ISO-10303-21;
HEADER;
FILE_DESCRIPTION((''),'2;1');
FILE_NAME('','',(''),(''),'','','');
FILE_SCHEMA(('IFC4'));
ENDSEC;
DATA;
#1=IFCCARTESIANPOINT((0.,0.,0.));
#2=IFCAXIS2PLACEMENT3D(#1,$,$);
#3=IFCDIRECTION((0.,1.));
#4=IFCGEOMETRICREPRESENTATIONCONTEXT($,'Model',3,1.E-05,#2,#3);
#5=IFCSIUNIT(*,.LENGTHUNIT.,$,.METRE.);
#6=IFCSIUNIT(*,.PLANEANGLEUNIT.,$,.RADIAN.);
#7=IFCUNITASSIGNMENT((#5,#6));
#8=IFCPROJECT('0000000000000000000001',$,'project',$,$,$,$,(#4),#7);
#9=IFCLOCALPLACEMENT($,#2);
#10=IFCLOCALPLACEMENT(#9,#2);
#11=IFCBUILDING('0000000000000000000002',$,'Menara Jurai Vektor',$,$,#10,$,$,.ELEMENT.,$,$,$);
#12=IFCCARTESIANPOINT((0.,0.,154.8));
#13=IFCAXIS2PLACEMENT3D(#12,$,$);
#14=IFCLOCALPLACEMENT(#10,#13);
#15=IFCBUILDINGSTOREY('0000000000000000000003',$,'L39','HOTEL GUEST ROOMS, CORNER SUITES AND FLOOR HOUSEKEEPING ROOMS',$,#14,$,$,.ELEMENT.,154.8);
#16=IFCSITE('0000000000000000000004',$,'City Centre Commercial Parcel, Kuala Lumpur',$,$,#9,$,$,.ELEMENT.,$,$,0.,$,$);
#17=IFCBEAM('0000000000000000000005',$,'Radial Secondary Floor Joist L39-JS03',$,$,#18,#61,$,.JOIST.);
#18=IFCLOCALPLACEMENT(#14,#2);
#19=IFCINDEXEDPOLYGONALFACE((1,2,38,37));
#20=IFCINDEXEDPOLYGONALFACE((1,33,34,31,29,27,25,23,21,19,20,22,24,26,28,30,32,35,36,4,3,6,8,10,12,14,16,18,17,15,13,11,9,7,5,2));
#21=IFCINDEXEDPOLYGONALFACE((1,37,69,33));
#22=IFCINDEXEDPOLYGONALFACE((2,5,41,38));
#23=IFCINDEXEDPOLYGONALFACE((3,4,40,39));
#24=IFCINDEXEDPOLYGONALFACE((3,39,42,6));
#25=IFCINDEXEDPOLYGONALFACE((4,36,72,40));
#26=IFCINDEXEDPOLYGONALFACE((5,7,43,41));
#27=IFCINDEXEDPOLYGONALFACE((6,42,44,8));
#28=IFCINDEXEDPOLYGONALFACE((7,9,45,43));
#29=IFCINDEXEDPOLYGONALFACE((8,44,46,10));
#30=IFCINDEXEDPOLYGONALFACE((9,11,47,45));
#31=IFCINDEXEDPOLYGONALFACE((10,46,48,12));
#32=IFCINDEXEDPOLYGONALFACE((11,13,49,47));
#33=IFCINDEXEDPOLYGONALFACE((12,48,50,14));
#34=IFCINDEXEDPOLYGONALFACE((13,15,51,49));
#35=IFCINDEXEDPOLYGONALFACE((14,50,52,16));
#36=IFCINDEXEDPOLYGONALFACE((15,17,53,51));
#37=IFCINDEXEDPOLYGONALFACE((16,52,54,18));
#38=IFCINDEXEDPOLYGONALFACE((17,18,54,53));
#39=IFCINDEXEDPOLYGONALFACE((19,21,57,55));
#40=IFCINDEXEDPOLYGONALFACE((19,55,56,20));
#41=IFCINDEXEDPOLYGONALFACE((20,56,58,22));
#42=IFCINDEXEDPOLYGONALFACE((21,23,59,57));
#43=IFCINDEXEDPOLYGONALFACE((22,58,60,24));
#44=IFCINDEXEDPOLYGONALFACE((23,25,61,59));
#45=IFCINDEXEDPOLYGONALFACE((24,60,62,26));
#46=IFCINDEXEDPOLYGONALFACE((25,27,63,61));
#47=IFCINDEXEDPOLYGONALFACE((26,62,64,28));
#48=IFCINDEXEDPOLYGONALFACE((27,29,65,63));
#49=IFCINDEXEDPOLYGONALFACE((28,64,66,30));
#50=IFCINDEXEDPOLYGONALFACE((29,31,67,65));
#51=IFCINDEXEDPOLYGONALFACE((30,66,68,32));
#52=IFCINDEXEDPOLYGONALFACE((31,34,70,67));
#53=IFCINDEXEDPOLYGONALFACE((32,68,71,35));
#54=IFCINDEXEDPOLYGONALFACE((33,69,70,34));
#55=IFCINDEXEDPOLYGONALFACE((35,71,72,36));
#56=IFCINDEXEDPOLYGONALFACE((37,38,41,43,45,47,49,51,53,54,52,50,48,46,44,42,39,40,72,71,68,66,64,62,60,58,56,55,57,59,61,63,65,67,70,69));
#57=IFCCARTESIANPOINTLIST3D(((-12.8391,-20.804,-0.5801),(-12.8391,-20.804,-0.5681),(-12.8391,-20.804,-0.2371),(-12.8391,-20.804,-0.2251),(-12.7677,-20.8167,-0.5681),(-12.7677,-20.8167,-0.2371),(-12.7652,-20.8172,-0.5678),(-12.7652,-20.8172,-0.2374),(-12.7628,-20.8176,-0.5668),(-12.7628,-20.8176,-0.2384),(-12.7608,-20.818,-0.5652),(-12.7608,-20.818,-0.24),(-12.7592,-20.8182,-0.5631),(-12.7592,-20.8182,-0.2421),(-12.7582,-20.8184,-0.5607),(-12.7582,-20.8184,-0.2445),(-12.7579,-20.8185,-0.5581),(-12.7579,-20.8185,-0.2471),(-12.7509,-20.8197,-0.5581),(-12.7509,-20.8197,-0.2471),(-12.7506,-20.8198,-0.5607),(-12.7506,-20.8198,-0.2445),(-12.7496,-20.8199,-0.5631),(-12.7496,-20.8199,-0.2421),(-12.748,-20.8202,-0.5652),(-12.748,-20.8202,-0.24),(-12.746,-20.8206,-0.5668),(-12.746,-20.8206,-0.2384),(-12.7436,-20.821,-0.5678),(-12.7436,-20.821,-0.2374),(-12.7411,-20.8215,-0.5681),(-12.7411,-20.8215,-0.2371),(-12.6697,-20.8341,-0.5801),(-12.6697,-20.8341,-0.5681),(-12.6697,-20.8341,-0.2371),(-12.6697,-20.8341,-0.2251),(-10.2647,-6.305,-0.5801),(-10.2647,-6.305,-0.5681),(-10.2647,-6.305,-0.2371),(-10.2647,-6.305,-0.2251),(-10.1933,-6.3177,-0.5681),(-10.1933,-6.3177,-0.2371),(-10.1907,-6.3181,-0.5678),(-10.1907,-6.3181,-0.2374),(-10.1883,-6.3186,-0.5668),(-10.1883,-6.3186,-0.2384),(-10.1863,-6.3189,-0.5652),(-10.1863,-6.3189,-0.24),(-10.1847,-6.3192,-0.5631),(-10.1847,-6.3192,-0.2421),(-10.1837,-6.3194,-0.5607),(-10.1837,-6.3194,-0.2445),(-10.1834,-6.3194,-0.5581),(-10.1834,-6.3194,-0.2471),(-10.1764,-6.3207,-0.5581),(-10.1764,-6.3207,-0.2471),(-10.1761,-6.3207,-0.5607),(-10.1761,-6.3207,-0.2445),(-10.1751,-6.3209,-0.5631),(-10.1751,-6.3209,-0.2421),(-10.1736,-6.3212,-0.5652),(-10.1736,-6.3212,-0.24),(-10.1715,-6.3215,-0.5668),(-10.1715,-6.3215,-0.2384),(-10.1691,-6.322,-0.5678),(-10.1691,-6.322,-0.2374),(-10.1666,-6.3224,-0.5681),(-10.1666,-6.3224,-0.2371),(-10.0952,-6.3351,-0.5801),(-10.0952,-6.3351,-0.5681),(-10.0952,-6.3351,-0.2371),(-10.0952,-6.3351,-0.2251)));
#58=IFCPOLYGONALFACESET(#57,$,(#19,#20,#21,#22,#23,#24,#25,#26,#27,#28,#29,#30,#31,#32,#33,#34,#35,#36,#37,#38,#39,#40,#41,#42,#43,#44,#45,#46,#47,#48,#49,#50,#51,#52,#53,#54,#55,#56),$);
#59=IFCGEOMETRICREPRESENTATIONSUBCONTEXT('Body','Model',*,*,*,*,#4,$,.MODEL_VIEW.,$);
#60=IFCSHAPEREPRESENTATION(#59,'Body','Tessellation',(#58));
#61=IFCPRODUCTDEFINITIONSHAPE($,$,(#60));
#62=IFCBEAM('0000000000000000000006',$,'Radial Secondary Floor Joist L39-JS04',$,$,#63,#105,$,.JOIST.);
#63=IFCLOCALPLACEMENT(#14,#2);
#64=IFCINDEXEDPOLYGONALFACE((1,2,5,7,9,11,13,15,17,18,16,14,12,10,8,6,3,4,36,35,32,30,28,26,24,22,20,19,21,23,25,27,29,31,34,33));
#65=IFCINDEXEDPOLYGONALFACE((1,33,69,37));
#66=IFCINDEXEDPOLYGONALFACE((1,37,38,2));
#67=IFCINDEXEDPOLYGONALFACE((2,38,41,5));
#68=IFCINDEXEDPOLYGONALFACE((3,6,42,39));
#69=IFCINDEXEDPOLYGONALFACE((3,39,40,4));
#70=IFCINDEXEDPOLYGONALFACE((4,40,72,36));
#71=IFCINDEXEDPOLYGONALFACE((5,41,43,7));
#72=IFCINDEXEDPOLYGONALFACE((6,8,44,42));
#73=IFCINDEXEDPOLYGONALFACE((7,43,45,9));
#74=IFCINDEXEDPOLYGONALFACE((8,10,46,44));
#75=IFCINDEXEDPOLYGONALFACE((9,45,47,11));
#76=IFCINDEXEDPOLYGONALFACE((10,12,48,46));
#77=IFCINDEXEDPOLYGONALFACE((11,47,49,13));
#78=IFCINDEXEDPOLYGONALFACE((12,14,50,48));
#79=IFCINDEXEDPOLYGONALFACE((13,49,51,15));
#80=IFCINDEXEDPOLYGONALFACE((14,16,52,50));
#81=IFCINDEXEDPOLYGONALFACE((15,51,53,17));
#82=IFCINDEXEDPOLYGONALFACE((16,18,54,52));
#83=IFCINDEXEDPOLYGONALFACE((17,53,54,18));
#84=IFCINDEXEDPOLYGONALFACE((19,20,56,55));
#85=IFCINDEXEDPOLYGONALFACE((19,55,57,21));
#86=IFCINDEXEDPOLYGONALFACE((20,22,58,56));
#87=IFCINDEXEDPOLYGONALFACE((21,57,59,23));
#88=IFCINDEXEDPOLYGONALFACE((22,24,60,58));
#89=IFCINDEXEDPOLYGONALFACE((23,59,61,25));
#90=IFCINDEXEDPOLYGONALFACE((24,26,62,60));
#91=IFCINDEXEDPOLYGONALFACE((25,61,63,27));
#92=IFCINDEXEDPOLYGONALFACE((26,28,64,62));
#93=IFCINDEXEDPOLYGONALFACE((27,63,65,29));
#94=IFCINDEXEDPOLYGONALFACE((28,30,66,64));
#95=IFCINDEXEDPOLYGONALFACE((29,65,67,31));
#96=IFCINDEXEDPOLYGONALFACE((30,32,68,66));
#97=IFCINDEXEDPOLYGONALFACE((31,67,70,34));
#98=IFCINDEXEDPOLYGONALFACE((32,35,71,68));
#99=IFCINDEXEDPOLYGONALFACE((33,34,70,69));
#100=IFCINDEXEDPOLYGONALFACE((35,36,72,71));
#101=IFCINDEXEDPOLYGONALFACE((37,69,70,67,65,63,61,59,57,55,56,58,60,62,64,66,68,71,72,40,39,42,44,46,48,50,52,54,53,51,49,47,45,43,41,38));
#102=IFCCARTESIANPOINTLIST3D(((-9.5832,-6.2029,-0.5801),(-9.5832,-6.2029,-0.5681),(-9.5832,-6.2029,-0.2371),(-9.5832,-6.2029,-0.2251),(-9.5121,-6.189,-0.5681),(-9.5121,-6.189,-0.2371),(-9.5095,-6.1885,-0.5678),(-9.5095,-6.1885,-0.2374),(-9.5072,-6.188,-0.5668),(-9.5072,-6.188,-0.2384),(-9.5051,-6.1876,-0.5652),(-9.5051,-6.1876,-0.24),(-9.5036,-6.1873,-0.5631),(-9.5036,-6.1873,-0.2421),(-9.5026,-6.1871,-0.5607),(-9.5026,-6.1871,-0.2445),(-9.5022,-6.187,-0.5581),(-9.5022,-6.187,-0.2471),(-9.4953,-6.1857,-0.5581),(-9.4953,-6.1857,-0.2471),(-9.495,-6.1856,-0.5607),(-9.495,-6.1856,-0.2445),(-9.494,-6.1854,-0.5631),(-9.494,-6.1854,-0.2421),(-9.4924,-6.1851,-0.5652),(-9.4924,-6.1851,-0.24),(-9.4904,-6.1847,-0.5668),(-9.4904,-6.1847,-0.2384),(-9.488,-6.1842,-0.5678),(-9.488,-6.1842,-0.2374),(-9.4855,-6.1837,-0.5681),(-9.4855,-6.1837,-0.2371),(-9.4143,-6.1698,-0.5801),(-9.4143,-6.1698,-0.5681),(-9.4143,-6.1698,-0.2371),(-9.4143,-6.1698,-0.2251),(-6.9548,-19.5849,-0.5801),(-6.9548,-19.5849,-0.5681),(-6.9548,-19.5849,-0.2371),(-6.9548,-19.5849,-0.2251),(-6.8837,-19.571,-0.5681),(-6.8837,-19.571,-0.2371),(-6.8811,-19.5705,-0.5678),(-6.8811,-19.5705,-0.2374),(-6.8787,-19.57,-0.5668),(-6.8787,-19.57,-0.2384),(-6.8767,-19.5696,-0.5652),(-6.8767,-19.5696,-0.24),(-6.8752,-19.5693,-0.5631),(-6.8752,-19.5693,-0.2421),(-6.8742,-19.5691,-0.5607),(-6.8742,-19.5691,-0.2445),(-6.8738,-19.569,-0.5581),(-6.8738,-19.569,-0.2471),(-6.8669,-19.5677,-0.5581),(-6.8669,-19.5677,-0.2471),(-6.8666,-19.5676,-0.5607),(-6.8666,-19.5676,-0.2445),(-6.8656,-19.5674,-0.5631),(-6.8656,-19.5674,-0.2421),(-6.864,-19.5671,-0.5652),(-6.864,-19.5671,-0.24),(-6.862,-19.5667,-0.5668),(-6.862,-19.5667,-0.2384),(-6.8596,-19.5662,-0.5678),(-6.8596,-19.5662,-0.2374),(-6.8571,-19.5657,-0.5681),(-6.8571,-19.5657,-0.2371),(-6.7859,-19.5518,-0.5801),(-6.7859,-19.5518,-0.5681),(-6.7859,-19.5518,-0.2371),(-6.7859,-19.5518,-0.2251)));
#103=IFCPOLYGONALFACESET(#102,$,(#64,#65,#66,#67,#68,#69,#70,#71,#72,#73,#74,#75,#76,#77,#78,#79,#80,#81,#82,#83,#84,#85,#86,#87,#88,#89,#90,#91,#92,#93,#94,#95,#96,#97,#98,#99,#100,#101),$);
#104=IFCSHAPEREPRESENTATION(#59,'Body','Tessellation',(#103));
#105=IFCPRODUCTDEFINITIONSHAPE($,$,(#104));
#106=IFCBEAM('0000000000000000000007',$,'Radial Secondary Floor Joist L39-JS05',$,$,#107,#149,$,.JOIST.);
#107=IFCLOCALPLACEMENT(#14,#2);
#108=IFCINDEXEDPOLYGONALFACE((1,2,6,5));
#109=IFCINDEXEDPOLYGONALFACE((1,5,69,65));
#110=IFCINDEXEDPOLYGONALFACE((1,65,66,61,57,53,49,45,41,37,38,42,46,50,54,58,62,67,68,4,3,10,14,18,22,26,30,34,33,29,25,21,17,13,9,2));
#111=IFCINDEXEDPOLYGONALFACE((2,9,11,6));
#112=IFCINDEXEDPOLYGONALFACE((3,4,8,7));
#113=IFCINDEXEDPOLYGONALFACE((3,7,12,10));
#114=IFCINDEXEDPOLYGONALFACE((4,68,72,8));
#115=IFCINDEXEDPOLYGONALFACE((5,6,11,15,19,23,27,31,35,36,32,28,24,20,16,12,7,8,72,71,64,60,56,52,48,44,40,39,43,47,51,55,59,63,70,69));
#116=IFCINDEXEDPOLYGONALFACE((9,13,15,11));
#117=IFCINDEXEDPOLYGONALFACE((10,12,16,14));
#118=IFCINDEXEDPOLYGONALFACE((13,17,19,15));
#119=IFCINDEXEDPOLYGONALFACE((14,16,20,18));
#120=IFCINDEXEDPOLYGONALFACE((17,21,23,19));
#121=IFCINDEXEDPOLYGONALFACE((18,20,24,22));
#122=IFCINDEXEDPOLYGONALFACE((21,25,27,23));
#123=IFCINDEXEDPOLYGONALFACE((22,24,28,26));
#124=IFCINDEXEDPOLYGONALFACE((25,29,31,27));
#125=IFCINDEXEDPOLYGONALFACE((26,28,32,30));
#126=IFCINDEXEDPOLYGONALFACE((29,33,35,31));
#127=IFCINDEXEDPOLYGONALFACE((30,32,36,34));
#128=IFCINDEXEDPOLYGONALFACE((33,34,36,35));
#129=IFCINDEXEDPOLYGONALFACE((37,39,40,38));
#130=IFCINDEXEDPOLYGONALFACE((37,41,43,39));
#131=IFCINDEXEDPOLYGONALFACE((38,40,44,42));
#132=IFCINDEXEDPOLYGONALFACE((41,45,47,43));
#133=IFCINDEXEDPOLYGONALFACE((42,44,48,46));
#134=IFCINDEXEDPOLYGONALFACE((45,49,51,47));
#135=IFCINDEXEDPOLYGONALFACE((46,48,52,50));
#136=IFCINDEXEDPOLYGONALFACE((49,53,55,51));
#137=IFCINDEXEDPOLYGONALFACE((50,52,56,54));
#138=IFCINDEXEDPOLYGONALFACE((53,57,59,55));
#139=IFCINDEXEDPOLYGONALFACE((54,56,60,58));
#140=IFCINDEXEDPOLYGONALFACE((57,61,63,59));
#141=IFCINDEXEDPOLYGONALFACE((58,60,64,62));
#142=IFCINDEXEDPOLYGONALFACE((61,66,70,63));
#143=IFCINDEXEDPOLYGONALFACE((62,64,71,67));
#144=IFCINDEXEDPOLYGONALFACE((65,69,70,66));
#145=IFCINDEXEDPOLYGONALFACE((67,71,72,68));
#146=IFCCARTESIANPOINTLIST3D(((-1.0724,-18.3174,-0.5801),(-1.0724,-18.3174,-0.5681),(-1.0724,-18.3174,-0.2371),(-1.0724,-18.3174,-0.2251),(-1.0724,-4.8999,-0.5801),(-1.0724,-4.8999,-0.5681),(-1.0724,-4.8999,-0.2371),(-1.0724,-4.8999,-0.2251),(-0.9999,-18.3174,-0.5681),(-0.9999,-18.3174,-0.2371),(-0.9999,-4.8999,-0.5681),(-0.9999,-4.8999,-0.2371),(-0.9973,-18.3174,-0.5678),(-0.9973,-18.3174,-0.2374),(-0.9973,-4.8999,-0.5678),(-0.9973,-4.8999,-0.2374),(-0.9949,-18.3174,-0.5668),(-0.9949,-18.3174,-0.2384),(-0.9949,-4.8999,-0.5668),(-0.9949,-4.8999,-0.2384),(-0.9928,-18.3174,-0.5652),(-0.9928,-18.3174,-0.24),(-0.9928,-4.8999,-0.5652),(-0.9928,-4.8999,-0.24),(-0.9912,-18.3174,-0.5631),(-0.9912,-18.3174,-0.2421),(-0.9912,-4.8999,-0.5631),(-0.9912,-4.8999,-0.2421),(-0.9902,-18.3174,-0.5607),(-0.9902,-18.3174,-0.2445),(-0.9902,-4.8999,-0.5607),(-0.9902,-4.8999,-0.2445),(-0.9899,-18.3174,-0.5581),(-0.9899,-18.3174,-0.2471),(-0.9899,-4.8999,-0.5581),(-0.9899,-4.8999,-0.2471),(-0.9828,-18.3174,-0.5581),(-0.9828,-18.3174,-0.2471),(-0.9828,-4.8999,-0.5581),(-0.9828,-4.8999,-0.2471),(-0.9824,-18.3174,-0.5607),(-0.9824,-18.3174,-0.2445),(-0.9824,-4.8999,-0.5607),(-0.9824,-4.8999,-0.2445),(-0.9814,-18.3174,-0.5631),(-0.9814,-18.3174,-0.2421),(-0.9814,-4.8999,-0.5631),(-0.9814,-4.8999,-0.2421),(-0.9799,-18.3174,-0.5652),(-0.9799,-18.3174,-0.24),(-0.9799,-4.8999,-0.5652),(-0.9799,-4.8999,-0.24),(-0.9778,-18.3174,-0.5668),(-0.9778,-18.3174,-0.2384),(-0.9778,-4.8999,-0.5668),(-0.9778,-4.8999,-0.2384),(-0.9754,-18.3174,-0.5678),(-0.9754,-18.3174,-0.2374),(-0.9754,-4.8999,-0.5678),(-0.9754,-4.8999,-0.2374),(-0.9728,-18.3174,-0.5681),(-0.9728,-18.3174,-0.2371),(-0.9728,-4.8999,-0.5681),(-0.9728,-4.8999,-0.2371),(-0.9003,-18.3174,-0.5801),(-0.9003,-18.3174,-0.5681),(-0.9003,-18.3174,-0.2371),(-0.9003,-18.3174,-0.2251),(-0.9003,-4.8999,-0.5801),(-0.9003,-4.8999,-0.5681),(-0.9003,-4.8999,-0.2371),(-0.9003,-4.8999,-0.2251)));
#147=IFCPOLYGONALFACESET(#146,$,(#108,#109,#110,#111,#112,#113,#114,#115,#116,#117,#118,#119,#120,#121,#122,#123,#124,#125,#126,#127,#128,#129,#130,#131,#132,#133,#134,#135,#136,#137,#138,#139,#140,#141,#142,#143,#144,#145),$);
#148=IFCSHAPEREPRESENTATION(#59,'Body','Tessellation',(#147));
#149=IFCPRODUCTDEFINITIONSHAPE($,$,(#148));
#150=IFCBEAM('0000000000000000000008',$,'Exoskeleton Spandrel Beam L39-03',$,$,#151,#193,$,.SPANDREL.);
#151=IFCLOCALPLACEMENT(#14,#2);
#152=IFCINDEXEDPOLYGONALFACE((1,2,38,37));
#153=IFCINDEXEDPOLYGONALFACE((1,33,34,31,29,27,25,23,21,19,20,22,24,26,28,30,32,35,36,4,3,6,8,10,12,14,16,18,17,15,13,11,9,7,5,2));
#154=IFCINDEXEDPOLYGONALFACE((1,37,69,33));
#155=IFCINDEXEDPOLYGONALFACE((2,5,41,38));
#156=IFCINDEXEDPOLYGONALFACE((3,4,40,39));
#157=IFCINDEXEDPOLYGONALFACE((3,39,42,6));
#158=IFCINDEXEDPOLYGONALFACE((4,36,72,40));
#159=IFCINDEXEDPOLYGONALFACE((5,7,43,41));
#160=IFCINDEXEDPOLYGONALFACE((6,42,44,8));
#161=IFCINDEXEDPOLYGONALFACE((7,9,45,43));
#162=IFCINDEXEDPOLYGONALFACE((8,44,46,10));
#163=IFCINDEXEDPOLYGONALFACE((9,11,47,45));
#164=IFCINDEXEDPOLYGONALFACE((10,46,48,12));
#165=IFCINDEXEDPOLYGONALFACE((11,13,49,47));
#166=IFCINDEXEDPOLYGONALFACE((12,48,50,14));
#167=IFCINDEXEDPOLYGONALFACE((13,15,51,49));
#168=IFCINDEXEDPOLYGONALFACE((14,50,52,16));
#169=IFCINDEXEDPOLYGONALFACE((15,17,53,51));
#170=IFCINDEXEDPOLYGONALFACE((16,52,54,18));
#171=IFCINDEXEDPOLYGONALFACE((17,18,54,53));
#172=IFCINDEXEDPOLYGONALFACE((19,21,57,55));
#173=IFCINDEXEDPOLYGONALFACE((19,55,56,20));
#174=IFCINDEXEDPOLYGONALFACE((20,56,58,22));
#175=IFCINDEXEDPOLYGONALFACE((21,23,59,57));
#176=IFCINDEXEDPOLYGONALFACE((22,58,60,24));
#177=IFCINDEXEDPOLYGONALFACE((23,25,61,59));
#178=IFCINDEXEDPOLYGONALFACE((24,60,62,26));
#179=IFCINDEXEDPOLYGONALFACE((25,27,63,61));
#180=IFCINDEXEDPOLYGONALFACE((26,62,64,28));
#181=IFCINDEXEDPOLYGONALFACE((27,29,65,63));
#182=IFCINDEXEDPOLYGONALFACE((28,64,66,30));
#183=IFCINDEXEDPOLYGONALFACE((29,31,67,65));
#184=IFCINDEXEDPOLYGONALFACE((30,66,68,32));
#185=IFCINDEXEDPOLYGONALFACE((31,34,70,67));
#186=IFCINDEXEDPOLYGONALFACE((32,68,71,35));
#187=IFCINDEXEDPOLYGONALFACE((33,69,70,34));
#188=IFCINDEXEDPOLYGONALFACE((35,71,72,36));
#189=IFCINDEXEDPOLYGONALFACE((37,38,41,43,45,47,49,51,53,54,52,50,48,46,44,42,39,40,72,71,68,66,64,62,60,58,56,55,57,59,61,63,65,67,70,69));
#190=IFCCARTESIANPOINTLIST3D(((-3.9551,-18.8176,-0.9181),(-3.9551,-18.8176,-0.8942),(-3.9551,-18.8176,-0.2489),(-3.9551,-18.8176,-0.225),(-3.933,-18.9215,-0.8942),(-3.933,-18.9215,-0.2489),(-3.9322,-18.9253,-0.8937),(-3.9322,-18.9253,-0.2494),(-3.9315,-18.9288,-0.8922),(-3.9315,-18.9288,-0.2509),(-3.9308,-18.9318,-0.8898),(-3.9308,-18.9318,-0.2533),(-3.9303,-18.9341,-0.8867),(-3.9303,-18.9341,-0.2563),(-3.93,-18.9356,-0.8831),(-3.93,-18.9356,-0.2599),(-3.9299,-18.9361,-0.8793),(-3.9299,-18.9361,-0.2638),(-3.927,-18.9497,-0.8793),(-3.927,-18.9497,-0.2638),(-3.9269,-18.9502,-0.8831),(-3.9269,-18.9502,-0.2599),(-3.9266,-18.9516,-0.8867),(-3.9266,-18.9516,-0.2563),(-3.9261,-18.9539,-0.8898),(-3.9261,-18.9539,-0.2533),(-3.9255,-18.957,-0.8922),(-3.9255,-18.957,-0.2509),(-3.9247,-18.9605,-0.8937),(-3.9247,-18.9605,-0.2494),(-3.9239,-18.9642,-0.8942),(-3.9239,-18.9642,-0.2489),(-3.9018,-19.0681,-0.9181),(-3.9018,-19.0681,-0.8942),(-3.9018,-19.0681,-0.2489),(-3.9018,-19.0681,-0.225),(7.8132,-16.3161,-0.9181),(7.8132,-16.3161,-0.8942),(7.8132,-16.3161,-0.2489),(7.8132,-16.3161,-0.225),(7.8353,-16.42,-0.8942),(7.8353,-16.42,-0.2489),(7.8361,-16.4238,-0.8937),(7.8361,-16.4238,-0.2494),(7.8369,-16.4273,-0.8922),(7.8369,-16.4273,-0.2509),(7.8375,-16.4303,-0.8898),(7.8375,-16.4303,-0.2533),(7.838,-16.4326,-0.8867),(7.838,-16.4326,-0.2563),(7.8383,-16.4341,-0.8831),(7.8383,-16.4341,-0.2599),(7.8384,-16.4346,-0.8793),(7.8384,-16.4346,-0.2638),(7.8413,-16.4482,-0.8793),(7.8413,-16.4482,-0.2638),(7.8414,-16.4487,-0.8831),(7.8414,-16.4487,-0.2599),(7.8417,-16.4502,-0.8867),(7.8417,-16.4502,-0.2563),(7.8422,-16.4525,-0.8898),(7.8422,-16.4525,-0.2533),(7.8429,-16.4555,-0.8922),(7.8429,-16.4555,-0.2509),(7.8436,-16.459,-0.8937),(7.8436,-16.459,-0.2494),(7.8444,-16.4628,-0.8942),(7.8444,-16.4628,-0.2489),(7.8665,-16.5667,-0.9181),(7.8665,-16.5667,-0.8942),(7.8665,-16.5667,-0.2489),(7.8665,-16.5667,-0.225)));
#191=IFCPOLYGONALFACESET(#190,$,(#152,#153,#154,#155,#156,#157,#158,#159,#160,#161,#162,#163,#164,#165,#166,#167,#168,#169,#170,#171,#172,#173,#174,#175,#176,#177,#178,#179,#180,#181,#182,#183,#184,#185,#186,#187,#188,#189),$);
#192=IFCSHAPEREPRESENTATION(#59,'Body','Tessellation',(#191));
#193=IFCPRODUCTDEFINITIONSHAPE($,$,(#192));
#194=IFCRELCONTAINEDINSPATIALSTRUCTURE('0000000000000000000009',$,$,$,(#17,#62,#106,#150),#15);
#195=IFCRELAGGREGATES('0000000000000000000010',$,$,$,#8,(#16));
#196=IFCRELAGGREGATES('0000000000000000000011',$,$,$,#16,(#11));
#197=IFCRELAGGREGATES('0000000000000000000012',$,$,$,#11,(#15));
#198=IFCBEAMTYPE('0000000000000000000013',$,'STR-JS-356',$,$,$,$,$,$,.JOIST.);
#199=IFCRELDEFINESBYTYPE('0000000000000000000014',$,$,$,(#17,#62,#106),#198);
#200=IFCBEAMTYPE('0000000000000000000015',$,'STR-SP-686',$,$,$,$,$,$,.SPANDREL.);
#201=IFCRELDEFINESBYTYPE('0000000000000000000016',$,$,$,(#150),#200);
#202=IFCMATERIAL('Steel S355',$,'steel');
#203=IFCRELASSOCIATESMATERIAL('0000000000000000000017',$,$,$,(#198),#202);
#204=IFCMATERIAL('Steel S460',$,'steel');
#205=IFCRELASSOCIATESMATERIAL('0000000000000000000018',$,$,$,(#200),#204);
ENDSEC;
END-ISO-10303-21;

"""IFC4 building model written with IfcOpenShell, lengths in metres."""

from ifc_helpers import new_model, si_unit, direction, frame, origin, origin_2d, place, context, subcontext, project, spatial, i_section, extrude, material, material_profile, profile_set, type_object, element, save


model = new_model("IFC4")

# Units and contexts
model_context = context("Model", 3, precision=1e-05, world=origin(), true_north=direction((0.0, 1.0)))
body_context = subcontext(model_context, "Body", "Model", "MODEL_VIEW")
ifc_project = project(units=[si_unit("LENGTHUNIT", "METRE"), si_unit("PLANEANGLEUNIT", "RADIAN")], contexts=[model_context])

# Site, building, storey
site_placement = place(None, origin())
site = spatial("IfcSite", under=ifc_project, at=site_placement, Name="City Centre Commercial Parcel, Kuala Lumpur", CompositionType="ELEMENT", RefElevation=0.0)
building_placement = place(site_placement, origin())
building = spatial("IfcBuilding", under=site, at=building_placement, Name="Menara Jurai Vektor", CompositionType="ELEMENT")
storey_placement = place(building_placement, frame((0.0, 0.0, 154.8)))
storey = spatial("IfcBuildingStorey", under=building, at=storey_placement, Name="L39", Description="HOTEL GUEST ROOMS, CORNER SUITES AND FLOOR HOUSEKEEPING ROOMS", CompositionType="ELEMENT", Elevation=154.8)

# Shared definitions
ifc_material_1 = material(Name="Steel S460", Category="steel")

# Beams
ifc_material_2 = material(Name="Steel S355", Category="steel")
ifc_material_profile_1 = material_profile(ifc_material_2, i_section(OverallWidth=0.1721, OverallDepth=0.355, WebThickness=0.0071, FlangeThickness=0.012, FilletRadius=0.01, at=origin_2d()), Name="UKB 356x171x51")
ifc_profile_set_1 = profile_set([ifc_material_profile_1], Name="Steel S355")
beam_type_1 = type_object("IfcBeamType", Name="STR-JS-356", PredefinedType="JOIST", material=ifc_profile_set_1)
beam_1_placement = place(storey_placement, frame((-12.7544, -20.8191, -0.4026), z_axis=(0.174827, 0.984599, 0.0), x_axis=(-0.984599, 0.174827, 0.0)))
element("IfcBeam", 1, at=beam_1_placement, inside=storey, type_object=beam_type_1, Name="Radial Secondary Floor Joist L39-JS03", PredefinedType="JOIST", context=body_context, shape_type="SweptSolid", body=[
    extrude(i_section(OverallWidth=0.1721, OverallDepth=0.355, WebThickness=0.0071, FlangeThickness=0.012, FilletRadius=0.01, at=origin_2d()), origin(), (0.0, 0.0, 1.0), 14.7258),
])
beam_2_placement = place(storey_placement, frame((-6.8704, -19.5684, -0.4026), z_axis=(-0.192731, 0.981252, 0.0), x_axis=(-0.981252, -0.192731, 0.0)))
element("IfcBeam", 2, at=beam_2_placement, inside=storey, type_object=beam_type_1, Name="Radial Secondary Floor Joist L39-JS04", PredefinedType="JOIST", context=body_context, shape_type="SweptSolid", body=[
    extrude(i_section(OverallWidth=0.1721, OverallDepth=0.355, WebThickness=0.0071, FlangeThickness=0.012, FilletRadius=0.01, at=origin_2d()), origin(), (0.0, 0.0, 1.0), 13.6377),
])
beam_3_placement = place(storey_placement, frame((-0.9863, -18.3174, -0.4026), z_axis=(0.0, 1.0, 0.0), x_axis=(-1.0, 0.0, 0.0)))
element("IfcBeam", 3, at=beam_3_placement, inside=storey, type_object=beam_type_1, Name="Radial Secondary Floor Joist L39-JS05", PredefinedType="JOIST", context=body_context, shape_type="SweptSolid", body=[
    extrude(i_section(OverallWidth=0.1721, OverallDepth=0.355, WebThickness=0.0071, FlangeThickness=0.012, FilletRadius=0.01, at=origin_2d()), origin(), (0.0, 0.0, 1.0), 13.4175),
])
ifc_material_profile_2 = material_profile(ifc_material_1, i_section(OverallWidth=0.2561, OverallDepth=0.6931, WebThickness=0.0139, FlangeThickness=0.0239, FilletRadius=0.0149, at=origin_2d()), Name="UKB 686x254x170")
ifc_profile_set_2 = profile_set([ifc_material_profile_2], Name="Steel S460")
beam_type_2 = type_object("IfcBeamType", Name="STR-SP-686", PredefinedType="SPANDREL", material=ifc_profile_set_2)
beam_4_placement = place(storey_placement, frame((-3.9285, -18.9429, -0.5715), z_axis=(0.978147, 0.207914, 0.0), x_axis=(-0.207914, 0.978147, 0.0)))
element("IfcBeam", 4, at=beam_4_placement, inside=storey, type_object=beam_type_2, Name="Exoskeleton Spandrel Beam L39-03", PredefinedType="SPANDREL", context=body_context, shape_type="SweptSolid", body=[
    extrude(i_section(OverallWidth=0.2561, OverallDepth=0.6931, WebThickness=0.0139, FlangeThickness=0.0239, FilletRadius=0.0149, at=origin_2d()), origin(), (0.0, 0.0, 1.0), 12.0312),
])

save(model, "model.ifc")
